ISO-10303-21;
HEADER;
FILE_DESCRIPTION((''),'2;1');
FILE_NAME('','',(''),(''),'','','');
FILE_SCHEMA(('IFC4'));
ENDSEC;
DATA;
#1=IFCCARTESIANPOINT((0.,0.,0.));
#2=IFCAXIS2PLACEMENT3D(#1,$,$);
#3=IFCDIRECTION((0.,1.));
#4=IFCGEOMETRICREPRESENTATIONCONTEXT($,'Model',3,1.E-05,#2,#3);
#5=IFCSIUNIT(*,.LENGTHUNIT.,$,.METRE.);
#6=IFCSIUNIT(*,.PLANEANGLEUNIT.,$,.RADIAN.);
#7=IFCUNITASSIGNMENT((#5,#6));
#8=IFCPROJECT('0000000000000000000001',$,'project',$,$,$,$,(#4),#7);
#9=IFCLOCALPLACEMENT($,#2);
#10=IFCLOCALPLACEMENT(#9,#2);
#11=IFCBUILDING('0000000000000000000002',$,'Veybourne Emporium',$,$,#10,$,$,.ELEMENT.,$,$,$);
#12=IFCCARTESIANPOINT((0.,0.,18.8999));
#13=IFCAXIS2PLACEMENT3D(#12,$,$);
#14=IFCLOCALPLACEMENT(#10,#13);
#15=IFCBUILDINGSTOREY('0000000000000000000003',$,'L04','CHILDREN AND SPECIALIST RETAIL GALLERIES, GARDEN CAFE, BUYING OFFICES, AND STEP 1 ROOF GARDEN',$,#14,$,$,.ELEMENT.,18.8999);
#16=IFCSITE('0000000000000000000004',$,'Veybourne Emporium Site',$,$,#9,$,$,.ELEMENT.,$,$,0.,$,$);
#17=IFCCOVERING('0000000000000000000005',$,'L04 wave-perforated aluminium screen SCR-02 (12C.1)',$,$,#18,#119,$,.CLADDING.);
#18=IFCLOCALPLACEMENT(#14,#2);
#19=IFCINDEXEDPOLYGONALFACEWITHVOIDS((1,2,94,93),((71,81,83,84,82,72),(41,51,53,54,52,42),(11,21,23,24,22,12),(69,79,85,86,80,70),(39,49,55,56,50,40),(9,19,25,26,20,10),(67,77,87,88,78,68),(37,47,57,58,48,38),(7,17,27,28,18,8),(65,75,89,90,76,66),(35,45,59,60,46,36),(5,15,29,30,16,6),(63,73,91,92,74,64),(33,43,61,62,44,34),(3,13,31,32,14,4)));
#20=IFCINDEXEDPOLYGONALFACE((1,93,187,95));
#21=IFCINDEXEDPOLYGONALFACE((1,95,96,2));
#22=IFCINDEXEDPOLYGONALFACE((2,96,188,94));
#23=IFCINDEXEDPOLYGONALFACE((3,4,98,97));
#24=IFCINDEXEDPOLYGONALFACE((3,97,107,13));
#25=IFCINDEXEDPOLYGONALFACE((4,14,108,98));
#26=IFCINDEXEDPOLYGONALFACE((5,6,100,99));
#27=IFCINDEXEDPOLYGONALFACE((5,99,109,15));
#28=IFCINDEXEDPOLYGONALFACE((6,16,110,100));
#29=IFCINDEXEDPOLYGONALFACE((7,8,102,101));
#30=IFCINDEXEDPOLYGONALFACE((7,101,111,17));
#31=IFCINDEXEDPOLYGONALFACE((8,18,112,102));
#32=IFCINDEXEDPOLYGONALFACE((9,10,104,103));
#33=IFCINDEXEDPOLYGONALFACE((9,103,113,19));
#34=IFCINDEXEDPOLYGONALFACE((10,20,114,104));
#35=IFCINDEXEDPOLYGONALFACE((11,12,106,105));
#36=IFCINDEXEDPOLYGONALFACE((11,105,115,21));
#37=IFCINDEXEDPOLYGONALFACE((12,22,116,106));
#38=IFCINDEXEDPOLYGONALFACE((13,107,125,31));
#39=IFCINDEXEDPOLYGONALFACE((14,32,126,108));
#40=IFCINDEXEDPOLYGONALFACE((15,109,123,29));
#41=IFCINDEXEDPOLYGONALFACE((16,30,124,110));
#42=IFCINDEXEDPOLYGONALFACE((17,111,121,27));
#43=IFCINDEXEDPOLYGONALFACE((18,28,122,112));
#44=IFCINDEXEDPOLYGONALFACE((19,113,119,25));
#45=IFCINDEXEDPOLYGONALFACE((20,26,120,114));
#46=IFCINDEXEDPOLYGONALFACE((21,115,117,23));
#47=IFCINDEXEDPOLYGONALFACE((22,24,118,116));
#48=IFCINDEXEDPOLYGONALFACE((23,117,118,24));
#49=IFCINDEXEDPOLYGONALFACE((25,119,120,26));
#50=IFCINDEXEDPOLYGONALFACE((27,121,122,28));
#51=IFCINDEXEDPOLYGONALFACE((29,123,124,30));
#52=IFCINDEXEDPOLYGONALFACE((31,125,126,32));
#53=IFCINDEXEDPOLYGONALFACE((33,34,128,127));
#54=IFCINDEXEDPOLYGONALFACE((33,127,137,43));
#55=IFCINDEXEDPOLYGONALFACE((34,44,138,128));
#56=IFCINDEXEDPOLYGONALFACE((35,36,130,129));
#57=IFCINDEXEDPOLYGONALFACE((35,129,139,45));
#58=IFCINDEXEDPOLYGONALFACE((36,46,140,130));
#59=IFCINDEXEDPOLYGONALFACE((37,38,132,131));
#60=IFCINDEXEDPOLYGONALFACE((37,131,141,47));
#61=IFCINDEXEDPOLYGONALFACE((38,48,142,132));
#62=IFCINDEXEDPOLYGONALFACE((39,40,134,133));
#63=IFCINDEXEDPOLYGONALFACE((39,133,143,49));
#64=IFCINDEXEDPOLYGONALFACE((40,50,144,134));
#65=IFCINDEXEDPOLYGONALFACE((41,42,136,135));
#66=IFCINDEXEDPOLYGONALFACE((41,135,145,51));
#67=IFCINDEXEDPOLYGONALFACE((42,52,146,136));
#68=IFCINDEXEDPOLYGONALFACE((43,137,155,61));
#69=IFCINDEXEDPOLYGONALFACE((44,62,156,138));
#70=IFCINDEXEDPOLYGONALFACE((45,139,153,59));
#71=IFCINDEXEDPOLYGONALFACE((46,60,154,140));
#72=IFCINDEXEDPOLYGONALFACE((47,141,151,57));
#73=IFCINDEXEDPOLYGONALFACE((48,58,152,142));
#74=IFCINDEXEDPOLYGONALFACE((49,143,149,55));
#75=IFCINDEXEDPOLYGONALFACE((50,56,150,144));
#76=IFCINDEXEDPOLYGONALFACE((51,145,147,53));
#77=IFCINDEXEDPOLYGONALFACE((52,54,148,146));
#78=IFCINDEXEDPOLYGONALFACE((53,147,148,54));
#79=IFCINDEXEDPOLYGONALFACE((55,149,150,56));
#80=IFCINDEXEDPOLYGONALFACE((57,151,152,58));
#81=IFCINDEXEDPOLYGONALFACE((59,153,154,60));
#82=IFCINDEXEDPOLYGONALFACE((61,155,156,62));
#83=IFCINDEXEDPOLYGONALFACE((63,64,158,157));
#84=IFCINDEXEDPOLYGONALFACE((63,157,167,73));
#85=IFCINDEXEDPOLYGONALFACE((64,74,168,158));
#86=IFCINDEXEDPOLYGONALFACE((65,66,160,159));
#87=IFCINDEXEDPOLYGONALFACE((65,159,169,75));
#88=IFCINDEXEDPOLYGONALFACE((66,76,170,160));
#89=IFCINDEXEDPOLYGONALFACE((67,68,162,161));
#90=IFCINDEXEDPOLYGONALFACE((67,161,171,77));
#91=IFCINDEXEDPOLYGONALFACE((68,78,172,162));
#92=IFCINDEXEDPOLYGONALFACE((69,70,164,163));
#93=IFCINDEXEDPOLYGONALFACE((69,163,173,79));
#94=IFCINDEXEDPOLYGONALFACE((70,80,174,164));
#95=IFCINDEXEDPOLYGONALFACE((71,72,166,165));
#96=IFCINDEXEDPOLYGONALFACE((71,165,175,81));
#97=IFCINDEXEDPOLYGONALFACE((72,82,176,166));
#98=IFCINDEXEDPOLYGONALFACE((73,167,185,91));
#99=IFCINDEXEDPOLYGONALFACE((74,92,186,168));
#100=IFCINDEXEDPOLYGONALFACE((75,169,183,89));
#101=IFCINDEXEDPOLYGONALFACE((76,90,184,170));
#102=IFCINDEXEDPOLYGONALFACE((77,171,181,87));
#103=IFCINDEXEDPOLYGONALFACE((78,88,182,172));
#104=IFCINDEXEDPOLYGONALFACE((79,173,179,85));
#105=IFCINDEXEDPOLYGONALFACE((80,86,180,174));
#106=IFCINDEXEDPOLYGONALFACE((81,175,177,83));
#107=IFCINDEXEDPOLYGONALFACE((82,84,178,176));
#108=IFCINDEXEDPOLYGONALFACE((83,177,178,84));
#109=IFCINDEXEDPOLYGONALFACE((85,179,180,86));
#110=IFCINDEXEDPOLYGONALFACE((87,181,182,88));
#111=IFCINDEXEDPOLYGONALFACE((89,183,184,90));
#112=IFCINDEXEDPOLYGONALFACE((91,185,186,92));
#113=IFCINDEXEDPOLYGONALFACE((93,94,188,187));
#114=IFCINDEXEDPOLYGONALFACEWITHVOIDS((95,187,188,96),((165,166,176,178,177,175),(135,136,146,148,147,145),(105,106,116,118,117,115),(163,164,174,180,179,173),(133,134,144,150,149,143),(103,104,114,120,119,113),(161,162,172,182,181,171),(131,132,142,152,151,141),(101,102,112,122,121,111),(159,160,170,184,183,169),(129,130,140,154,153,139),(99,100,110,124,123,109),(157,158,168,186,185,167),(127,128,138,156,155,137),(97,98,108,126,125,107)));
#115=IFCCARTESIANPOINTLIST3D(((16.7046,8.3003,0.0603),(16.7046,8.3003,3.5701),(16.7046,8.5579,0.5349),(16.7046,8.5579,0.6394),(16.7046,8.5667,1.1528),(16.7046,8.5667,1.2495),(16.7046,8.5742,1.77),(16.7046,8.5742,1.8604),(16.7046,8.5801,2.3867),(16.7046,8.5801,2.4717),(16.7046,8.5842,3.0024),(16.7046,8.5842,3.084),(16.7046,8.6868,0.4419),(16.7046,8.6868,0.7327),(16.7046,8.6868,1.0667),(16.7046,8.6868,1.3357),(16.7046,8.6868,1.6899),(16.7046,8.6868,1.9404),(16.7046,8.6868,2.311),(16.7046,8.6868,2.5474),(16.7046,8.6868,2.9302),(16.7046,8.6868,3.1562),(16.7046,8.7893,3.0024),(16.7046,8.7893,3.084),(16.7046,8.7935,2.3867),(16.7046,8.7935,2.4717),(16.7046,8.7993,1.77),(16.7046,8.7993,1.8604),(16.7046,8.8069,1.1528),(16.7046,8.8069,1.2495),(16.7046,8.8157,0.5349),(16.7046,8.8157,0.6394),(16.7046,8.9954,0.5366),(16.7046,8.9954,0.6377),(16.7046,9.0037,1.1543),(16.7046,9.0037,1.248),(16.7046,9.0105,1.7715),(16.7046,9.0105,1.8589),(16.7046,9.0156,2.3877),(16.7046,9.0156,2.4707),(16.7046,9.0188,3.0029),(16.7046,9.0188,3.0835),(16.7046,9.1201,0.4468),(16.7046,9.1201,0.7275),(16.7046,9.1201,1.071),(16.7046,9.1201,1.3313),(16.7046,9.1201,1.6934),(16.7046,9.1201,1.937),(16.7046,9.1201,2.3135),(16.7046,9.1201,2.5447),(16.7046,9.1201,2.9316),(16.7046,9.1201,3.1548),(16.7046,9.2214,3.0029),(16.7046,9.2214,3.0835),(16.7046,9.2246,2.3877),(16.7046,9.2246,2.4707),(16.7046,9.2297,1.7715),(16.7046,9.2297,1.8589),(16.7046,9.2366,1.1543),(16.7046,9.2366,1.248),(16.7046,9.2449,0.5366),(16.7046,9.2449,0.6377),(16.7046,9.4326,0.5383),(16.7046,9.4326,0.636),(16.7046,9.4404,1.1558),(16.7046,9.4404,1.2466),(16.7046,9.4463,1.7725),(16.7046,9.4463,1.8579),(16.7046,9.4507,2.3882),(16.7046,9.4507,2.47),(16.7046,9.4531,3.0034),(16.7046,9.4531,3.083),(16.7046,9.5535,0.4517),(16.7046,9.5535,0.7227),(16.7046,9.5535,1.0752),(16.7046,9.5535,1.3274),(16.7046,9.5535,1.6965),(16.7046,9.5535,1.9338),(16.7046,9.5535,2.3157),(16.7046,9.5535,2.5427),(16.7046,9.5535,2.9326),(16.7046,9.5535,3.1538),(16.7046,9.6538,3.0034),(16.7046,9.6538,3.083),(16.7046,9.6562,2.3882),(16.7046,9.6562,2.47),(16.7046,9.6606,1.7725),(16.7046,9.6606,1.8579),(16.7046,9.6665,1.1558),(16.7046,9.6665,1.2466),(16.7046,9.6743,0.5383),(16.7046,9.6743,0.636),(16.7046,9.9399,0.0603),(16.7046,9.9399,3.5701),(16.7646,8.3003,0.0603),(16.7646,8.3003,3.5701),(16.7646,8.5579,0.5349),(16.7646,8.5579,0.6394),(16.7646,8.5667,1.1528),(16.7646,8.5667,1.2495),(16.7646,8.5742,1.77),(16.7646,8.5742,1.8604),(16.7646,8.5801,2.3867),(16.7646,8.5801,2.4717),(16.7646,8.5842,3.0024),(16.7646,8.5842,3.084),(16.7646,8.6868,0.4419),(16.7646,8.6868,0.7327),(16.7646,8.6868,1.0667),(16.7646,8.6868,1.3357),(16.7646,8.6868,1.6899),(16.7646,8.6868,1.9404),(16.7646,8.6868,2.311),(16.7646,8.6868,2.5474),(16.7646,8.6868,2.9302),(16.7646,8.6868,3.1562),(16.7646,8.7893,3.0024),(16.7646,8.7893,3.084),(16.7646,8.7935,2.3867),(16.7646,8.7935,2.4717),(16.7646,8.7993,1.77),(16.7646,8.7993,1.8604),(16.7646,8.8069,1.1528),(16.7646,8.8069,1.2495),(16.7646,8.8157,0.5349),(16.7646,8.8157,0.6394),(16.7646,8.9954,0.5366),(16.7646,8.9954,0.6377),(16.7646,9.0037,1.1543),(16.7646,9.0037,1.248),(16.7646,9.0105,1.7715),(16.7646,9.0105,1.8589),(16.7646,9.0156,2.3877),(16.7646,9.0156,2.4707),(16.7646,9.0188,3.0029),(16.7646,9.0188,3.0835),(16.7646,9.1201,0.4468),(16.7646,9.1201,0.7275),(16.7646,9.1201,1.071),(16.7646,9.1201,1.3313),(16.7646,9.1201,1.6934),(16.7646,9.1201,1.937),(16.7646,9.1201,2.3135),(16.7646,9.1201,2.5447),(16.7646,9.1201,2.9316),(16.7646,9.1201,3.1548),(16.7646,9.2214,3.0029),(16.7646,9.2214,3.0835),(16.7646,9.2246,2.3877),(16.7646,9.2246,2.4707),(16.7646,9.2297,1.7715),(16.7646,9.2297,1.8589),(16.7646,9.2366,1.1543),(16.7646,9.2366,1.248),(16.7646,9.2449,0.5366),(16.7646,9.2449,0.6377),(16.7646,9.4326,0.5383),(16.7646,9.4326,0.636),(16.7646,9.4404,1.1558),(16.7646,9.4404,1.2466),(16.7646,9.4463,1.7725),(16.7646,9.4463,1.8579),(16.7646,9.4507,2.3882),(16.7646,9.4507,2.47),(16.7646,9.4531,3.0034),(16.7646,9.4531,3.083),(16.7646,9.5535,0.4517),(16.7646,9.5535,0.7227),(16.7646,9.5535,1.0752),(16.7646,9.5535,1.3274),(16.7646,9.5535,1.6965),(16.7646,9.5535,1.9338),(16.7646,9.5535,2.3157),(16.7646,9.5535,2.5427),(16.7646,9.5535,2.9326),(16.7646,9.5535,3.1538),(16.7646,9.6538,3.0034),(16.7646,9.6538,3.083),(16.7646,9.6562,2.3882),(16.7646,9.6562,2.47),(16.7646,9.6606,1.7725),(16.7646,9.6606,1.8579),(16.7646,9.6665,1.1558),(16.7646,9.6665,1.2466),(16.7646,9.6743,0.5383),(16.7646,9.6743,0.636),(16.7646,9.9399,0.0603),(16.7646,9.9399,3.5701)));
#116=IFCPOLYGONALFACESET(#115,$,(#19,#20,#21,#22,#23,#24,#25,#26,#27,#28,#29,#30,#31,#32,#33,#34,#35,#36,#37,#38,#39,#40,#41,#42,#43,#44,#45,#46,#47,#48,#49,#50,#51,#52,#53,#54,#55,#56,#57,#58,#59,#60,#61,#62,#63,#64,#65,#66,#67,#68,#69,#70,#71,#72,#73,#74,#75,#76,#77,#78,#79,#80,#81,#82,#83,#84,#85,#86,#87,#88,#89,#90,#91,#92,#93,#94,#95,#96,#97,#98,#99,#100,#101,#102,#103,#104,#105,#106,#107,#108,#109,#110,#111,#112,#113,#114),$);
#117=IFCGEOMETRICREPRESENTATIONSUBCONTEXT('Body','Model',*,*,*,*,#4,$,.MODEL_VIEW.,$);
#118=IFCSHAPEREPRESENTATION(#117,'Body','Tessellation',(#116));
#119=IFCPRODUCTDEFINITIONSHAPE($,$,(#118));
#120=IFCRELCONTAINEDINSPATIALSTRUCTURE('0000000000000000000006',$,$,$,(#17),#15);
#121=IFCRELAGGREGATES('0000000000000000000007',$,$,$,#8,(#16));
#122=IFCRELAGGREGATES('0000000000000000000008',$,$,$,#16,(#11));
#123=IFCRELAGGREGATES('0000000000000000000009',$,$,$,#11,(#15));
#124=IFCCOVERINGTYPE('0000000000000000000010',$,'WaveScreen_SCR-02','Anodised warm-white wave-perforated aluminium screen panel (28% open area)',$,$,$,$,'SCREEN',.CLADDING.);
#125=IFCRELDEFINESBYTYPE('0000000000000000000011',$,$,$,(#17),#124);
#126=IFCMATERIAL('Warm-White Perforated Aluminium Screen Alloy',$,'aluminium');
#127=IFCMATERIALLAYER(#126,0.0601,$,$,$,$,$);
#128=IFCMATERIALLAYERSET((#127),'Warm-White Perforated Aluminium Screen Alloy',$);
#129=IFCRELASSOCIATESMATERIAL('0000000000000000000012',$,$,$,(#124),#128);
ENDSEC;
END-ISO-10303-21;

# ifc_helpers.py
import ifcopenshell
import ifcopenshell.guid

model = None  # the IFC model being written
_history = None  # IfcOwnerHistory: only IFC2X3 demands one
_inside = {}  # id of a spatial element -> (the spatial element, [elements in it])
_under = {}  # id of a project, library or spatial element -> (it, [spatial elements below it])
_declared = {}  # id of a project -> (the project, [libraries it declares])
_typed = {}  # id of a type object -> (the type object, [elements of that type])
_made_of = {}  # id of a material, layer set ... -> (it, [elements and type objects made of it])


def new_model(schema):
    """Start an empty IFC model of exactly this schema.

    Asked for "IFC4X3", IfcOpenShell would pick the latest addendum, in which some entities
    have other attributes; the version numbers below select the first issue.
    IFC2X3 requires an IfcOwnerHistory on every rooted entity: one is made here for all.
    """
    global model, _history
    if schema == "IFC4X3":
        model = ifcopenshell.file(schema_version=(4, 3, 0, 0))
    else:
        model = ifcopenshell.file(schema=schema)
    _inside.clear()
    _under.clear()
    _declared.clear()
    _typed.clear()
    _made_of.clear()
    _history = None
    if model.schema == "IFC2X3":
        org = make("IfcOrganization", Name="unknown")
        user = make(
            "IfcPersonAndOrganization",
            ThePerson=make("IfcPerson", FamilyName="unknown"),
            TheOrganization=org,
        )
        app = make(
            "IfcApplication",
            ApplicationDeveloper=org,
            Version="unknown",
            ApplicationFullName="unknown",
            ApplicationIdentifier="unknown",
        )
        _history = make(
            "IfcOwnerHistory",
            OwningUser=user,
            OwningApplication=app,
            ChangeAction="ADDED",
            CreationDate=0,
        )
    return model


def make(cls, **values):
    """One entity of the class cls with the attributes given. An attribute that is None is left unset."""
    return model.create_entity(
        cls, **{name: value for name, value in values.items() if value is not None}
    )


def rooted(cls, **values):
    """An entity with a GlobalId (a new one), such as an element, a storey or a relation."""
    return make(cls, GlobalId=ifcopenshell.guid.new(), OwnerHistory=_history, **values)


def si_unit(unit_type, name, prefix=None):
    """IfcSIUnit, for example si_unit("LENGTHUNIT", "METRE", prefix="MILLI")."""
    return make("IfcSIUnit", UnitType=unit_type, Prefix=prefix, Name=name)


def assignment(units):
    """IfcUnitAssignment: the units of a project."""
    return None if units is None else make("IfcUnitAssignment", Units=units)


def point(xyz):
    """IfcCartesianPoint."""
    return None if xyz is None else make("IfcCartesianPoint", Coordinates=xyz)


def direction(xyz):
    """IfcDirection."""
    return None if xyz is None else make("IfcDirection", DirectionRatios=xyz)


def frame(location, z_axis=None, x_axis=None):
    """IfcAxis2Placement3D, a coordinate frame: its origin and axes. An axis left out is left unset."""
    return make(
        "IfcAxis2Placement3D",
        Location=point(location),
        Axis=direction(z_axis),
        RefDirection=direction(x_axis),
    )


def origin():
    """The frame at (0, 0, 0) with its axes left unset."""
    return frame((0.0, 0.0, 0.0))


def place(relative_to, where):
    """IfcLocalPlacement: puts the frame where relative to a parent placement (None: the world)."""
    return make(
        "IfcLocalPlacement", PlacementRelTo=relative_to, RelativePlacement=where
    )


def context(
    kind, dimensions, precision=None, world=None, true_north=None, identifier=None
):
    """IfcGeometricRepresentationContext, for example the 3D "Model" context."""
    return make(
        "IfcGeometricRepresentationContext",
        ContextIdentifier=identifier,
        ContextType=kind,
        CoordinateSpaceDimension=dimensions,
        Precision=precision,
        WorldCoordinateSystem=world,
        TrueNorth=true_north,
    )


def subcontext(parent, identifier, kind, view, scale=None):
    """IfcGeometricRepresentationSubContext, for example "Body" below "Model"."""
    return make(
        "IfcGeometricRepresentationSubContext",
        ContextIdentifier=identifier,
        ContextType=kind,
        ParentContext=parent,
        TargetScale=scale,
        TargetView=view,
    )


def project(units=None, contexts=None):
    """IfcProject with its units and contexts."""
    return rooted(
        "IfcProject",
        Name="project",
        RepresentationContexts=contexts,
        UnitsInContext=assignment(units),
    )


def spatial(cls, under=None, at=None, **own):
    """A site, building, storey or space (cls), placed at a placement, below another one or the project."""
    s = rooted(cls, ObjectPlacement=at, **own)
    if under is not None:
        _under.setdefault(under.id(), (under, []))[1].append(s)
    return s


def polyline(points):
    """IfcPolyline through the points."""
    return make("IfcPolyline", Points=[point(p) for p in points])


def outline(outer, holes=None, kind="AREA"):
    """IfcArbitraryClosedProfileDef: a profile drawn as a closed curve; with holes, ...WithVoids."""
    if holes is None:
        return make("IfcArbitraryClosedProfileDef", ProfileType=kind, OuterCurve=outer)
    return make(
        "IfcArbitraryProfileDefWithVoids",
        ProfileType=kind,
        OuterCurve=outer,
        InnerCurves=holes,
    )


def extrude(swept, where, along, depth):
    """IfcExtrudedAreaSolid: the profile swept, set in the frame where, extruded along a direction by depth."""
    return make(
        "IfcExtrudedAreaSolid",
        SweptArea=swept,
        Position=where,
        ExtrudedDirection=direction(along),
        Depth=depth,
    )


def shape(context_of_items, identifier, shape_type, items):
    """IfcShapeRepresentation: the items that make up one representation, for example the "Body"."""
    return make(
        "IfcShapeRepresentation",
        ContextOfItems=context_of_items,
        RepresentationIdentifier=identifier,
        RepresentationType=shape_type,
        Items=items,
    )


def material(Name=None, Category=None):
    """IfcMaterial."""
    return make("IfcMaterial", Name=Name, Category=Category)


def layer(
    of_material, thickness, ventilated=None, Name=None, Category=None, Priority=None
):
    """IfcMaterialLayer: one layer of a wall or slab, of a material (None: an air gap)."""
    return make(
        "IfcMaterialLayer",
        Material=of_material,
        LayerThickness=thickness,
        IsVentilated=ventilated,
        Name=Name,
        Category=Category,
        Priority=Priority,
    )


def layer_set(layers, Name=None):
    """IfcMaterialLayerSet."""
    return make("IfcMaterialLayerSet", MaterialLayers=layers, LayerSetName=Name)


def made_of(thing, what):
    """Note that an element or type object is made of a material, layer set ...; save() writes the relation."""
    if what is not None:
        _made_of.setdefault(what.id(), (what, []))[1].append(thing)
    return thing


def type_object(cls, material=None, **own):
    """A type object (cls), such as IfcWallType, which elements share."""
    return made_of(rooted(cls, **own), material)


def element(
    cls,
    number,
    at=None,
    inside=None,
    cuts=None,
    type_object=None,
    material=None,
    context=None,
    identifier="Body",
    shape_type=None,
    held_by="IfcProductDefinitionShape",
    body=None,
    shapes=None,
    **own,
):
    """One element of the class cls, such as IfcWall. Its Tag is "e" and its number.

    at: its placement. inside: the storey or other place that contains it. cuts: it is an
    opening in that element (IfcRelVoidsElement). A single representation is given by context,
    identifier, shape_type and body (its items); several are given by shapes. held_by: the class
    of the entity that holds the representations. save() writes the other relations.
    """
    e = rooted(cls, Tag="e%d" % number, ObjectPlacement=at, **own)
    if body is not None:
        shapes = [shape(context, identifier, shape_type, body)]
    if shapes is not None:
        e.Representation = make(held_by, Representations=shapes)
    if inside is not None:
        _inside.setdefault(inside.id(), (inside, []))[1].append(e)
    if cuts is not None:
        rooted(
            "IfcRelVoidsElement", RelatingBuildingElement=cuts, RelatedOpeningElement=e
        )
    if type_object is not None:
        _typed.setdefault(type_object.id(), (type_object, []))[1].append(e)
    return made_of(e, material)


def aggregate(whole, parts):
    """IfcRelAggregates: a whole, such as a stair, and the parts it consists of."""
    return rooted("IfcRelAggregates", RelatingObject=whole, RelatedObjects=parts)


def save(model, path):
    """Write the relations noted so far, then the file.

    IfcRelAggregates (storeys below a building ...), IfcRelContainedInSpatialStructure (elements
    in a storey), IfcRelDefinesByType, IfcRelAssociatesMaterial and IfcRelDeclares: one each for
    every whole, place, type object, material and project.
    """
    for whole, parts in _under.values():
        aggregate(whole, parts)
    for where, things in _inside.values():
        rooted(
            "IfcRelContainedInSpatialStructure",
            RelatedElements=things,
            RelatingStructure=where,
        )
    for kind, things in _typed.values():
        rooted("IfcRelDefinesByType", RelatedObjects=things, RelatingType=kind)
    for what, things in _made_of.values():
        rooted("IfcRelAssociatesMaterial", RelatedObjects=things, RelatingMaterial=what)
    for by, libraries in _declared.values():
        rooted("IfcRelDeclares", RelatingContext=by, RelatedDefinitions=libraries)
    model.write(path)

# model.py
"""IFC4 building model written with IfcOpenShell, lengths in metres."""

from ifc_helpers import new_model, si_unit, direction, frame, origin, place, context, subcontext, project, spatial, polyline, outline, extrude, material, layer, layer_set, type_object, element, save


model = new_model("IFC4")

# Units and contexts
model_context = context("Model", 3, precision=1e-05, world=origin(), true_north=direction((0.0, 1.0)))
body_context = subcontext(model_context, "Body", "Model", "MODEL_VIEW")
ifc_project = project(units=[si_unit("LENGTHUNIT", "METRE"), si_unit("PLANEANGLEUNIT", "RADIAN")], contexts=[model_context])

# Site, building, storey
site_placement = place(None, origin())
site = spatial("IfcSite", under=ifc_project, at=site_placement, Name="Veybourne Emporium Site", CompositionType="ELEMENT", RefElevation=0.0)
building_placement = place(site_placement, origin())
building = spatial("IfcBuilding", under=site, at=building_placement, Name="Veybourne Emporium", CompositionType="ELEMENT")
storey_placement = place(building_placement, frame((0.0, 0.0, 18.8999)))
storey = spatial("IfcBuildingStorey", under=building, at=storey_placement, Name="L04", Description="CHILDREN AND SPECIALIST RETAIL GALLERIES, GARDEN CAFE, BUYING OFFICES, AND STEP 1 ROOF GARDEN", CompositionType="ELEMENT", Elevation=18.8999)

# Covering
ifc_material_1 = material(Name="Warm-White Perforated Aluminium Screen Alloy", Category="aluminium")
ifc_layer_1 = layer(ifc_material_1, 0.0601)
ifc_layer_set_1 = layer_set([ifc_layer_1], Name="Warm-White Perforated Aluminium Screen Alloy")
covering_type_1 = type_object("IfcCoveringType", Name="WaveScreen_SCR-02", Description="Anodised warm-white wave-perforated aluminium screen panel (28% open area)", ElementType="SCREEN", PredefinedType="CLADDING", material=ifc_layer_set_1)
covering_1_placement = place(storey_placement, frame((16.7046, 9.1201, 1.8152), z_axis=(1.0, 0.0, 0.0), x_axis=(0.0, 1.0, 0.0)))
element("IfcCovering", 1, at=covering_1_placement, inside=storey, type_object=covering_type_1, Name="L04 wave-perforated aluminium screen SCR-02 (12C.1)", PredefinedType="CLADDING", context=body_context, shape_type="SweptSolid", body=[
    extrude(outline(polyline([(-0.8198, -1.7549), (0.8198, -1.7549), (0.8198, 1.7549), (-0.8198, 1.7549), (-0.8198, -1.7549)]), holes=[polyline([(-0.4333, -1.0825), (-0.3044, -1.1758), (-0.3044, -1.2803), (-0.4333, -1.3733), (-0.5623, -1.2803), (-0.5623, -1.1758), (-0.4333, -1.0825)]), polyline([(-0.4333, -0.4795), (-0.3132, -0.5657), (-0.3132, -0.6624), (-0.4333, -0.7485), (-0.5535, -0.6624), (-0.5535, -0.5657), (-0.4333, -0.4795)]), polyline([(-0.4333, 0.1252), (-0.3208, 0.0452), (-0.3208, -0.0452), (-0.4333, -0.1252), (-0.5459, -0.0452), (-0.5459, 0.0452), (-0.4333, 0.1252)]), polyline([(-0.4333, 0.7322), (-0.3267, 0.6565), (-0.3267, 0.5715), (-0.4333, 0.4958), (-0.54, 0.5715), (-0.54, 0.6565), (-0.4333, 0.7322)]), polyline([(-0.4333, 1.3411), (-0.3308, 1.2688), (-0.3308, 1.1873), (-0.4333, 1.115), (-0.5359, 1.1873), (-0.5359, 1.2688), (-0.4333, 1.3411)]), polyline([(0.0, -1.0876), (0.1248, -1.1775), (0.1248, -1.2786), (0.0, -1.3684), (-0.1248, -1.2786), (-0.1248, -1.1775), (0.0, -1.0876)]), polyline([(0.0, -0.4839), (0.1165, -0.5671), (0.1165, -0.6609), (0.0, -0.7441), (-0.1165, -0.6609), (-0.1165, -0.5671), (0.0, -0.4839)]), polyline([(0.0, 0.1218), (0.1096, 0.0437), (0.1096, -0.0437), (0.0, -0.1218), (-0.1096, -0.0437), (-0.1096, 0.0437), (0.0, 0.1218)]), polyline([(0.0, 0.7295), (0.1045, 0.6555), (0.1045, 0.5725), (0.0, 0.4983), (-0.1045, 0.5725), (-0.1045, 0.6555), (0.0, 0.7295)]), polyline([(0.0, 1.3396), (0.1013, 1.2683), (0.1013, 1.1877), (0.0, 1.1165), (-0.1013, 1.1877), (-0.1013, 1.2683), (0.0, 1.3396)]), polyline([(0.4333, -1.0925), (0.5542, -1.1792), (0.5542, -1.2769), (0.4333, -1.3635), (0.3125, -1.2769), (0.3125, -1.1792), (0.4333, -1.0925)]), polyline([(0.4333, -0.4878), (0.5464, -0.5686), (0.5464, -0.6594), (0.4333, -0.74), (0.3203, -0.6594), (0.3203, -0.5686), (0.4333, -0.4878)]), polyline([(0.4333, 0.1187), (0.5405, 0.0427), (0.5405, -0.0427), (0.4333, -0.1187), (0.3262, -0.0427), (0.3262, 0.0427), (0.4333, 0.1187)]), polyline([(0.4333, 0.7275), (0.5361, 0.6548), (0.5361, 0.573), (0.4333, 0.5005), (0.3306, 0.573), (0.3306, 0.6548), (0.4333, 0.7275)]), polyline([(0.4333, 1.3386), (0.5337, 1.2678), (0.5337, 1.1882), (0.4333, 1.1174), (0.333, 1.1882), (0.333, 1.2678), (0.4333, 1.3386)])]), origin(), (0.0, 0.0, 1.0), 0.0601),
])

save(model, "model.ifc")
